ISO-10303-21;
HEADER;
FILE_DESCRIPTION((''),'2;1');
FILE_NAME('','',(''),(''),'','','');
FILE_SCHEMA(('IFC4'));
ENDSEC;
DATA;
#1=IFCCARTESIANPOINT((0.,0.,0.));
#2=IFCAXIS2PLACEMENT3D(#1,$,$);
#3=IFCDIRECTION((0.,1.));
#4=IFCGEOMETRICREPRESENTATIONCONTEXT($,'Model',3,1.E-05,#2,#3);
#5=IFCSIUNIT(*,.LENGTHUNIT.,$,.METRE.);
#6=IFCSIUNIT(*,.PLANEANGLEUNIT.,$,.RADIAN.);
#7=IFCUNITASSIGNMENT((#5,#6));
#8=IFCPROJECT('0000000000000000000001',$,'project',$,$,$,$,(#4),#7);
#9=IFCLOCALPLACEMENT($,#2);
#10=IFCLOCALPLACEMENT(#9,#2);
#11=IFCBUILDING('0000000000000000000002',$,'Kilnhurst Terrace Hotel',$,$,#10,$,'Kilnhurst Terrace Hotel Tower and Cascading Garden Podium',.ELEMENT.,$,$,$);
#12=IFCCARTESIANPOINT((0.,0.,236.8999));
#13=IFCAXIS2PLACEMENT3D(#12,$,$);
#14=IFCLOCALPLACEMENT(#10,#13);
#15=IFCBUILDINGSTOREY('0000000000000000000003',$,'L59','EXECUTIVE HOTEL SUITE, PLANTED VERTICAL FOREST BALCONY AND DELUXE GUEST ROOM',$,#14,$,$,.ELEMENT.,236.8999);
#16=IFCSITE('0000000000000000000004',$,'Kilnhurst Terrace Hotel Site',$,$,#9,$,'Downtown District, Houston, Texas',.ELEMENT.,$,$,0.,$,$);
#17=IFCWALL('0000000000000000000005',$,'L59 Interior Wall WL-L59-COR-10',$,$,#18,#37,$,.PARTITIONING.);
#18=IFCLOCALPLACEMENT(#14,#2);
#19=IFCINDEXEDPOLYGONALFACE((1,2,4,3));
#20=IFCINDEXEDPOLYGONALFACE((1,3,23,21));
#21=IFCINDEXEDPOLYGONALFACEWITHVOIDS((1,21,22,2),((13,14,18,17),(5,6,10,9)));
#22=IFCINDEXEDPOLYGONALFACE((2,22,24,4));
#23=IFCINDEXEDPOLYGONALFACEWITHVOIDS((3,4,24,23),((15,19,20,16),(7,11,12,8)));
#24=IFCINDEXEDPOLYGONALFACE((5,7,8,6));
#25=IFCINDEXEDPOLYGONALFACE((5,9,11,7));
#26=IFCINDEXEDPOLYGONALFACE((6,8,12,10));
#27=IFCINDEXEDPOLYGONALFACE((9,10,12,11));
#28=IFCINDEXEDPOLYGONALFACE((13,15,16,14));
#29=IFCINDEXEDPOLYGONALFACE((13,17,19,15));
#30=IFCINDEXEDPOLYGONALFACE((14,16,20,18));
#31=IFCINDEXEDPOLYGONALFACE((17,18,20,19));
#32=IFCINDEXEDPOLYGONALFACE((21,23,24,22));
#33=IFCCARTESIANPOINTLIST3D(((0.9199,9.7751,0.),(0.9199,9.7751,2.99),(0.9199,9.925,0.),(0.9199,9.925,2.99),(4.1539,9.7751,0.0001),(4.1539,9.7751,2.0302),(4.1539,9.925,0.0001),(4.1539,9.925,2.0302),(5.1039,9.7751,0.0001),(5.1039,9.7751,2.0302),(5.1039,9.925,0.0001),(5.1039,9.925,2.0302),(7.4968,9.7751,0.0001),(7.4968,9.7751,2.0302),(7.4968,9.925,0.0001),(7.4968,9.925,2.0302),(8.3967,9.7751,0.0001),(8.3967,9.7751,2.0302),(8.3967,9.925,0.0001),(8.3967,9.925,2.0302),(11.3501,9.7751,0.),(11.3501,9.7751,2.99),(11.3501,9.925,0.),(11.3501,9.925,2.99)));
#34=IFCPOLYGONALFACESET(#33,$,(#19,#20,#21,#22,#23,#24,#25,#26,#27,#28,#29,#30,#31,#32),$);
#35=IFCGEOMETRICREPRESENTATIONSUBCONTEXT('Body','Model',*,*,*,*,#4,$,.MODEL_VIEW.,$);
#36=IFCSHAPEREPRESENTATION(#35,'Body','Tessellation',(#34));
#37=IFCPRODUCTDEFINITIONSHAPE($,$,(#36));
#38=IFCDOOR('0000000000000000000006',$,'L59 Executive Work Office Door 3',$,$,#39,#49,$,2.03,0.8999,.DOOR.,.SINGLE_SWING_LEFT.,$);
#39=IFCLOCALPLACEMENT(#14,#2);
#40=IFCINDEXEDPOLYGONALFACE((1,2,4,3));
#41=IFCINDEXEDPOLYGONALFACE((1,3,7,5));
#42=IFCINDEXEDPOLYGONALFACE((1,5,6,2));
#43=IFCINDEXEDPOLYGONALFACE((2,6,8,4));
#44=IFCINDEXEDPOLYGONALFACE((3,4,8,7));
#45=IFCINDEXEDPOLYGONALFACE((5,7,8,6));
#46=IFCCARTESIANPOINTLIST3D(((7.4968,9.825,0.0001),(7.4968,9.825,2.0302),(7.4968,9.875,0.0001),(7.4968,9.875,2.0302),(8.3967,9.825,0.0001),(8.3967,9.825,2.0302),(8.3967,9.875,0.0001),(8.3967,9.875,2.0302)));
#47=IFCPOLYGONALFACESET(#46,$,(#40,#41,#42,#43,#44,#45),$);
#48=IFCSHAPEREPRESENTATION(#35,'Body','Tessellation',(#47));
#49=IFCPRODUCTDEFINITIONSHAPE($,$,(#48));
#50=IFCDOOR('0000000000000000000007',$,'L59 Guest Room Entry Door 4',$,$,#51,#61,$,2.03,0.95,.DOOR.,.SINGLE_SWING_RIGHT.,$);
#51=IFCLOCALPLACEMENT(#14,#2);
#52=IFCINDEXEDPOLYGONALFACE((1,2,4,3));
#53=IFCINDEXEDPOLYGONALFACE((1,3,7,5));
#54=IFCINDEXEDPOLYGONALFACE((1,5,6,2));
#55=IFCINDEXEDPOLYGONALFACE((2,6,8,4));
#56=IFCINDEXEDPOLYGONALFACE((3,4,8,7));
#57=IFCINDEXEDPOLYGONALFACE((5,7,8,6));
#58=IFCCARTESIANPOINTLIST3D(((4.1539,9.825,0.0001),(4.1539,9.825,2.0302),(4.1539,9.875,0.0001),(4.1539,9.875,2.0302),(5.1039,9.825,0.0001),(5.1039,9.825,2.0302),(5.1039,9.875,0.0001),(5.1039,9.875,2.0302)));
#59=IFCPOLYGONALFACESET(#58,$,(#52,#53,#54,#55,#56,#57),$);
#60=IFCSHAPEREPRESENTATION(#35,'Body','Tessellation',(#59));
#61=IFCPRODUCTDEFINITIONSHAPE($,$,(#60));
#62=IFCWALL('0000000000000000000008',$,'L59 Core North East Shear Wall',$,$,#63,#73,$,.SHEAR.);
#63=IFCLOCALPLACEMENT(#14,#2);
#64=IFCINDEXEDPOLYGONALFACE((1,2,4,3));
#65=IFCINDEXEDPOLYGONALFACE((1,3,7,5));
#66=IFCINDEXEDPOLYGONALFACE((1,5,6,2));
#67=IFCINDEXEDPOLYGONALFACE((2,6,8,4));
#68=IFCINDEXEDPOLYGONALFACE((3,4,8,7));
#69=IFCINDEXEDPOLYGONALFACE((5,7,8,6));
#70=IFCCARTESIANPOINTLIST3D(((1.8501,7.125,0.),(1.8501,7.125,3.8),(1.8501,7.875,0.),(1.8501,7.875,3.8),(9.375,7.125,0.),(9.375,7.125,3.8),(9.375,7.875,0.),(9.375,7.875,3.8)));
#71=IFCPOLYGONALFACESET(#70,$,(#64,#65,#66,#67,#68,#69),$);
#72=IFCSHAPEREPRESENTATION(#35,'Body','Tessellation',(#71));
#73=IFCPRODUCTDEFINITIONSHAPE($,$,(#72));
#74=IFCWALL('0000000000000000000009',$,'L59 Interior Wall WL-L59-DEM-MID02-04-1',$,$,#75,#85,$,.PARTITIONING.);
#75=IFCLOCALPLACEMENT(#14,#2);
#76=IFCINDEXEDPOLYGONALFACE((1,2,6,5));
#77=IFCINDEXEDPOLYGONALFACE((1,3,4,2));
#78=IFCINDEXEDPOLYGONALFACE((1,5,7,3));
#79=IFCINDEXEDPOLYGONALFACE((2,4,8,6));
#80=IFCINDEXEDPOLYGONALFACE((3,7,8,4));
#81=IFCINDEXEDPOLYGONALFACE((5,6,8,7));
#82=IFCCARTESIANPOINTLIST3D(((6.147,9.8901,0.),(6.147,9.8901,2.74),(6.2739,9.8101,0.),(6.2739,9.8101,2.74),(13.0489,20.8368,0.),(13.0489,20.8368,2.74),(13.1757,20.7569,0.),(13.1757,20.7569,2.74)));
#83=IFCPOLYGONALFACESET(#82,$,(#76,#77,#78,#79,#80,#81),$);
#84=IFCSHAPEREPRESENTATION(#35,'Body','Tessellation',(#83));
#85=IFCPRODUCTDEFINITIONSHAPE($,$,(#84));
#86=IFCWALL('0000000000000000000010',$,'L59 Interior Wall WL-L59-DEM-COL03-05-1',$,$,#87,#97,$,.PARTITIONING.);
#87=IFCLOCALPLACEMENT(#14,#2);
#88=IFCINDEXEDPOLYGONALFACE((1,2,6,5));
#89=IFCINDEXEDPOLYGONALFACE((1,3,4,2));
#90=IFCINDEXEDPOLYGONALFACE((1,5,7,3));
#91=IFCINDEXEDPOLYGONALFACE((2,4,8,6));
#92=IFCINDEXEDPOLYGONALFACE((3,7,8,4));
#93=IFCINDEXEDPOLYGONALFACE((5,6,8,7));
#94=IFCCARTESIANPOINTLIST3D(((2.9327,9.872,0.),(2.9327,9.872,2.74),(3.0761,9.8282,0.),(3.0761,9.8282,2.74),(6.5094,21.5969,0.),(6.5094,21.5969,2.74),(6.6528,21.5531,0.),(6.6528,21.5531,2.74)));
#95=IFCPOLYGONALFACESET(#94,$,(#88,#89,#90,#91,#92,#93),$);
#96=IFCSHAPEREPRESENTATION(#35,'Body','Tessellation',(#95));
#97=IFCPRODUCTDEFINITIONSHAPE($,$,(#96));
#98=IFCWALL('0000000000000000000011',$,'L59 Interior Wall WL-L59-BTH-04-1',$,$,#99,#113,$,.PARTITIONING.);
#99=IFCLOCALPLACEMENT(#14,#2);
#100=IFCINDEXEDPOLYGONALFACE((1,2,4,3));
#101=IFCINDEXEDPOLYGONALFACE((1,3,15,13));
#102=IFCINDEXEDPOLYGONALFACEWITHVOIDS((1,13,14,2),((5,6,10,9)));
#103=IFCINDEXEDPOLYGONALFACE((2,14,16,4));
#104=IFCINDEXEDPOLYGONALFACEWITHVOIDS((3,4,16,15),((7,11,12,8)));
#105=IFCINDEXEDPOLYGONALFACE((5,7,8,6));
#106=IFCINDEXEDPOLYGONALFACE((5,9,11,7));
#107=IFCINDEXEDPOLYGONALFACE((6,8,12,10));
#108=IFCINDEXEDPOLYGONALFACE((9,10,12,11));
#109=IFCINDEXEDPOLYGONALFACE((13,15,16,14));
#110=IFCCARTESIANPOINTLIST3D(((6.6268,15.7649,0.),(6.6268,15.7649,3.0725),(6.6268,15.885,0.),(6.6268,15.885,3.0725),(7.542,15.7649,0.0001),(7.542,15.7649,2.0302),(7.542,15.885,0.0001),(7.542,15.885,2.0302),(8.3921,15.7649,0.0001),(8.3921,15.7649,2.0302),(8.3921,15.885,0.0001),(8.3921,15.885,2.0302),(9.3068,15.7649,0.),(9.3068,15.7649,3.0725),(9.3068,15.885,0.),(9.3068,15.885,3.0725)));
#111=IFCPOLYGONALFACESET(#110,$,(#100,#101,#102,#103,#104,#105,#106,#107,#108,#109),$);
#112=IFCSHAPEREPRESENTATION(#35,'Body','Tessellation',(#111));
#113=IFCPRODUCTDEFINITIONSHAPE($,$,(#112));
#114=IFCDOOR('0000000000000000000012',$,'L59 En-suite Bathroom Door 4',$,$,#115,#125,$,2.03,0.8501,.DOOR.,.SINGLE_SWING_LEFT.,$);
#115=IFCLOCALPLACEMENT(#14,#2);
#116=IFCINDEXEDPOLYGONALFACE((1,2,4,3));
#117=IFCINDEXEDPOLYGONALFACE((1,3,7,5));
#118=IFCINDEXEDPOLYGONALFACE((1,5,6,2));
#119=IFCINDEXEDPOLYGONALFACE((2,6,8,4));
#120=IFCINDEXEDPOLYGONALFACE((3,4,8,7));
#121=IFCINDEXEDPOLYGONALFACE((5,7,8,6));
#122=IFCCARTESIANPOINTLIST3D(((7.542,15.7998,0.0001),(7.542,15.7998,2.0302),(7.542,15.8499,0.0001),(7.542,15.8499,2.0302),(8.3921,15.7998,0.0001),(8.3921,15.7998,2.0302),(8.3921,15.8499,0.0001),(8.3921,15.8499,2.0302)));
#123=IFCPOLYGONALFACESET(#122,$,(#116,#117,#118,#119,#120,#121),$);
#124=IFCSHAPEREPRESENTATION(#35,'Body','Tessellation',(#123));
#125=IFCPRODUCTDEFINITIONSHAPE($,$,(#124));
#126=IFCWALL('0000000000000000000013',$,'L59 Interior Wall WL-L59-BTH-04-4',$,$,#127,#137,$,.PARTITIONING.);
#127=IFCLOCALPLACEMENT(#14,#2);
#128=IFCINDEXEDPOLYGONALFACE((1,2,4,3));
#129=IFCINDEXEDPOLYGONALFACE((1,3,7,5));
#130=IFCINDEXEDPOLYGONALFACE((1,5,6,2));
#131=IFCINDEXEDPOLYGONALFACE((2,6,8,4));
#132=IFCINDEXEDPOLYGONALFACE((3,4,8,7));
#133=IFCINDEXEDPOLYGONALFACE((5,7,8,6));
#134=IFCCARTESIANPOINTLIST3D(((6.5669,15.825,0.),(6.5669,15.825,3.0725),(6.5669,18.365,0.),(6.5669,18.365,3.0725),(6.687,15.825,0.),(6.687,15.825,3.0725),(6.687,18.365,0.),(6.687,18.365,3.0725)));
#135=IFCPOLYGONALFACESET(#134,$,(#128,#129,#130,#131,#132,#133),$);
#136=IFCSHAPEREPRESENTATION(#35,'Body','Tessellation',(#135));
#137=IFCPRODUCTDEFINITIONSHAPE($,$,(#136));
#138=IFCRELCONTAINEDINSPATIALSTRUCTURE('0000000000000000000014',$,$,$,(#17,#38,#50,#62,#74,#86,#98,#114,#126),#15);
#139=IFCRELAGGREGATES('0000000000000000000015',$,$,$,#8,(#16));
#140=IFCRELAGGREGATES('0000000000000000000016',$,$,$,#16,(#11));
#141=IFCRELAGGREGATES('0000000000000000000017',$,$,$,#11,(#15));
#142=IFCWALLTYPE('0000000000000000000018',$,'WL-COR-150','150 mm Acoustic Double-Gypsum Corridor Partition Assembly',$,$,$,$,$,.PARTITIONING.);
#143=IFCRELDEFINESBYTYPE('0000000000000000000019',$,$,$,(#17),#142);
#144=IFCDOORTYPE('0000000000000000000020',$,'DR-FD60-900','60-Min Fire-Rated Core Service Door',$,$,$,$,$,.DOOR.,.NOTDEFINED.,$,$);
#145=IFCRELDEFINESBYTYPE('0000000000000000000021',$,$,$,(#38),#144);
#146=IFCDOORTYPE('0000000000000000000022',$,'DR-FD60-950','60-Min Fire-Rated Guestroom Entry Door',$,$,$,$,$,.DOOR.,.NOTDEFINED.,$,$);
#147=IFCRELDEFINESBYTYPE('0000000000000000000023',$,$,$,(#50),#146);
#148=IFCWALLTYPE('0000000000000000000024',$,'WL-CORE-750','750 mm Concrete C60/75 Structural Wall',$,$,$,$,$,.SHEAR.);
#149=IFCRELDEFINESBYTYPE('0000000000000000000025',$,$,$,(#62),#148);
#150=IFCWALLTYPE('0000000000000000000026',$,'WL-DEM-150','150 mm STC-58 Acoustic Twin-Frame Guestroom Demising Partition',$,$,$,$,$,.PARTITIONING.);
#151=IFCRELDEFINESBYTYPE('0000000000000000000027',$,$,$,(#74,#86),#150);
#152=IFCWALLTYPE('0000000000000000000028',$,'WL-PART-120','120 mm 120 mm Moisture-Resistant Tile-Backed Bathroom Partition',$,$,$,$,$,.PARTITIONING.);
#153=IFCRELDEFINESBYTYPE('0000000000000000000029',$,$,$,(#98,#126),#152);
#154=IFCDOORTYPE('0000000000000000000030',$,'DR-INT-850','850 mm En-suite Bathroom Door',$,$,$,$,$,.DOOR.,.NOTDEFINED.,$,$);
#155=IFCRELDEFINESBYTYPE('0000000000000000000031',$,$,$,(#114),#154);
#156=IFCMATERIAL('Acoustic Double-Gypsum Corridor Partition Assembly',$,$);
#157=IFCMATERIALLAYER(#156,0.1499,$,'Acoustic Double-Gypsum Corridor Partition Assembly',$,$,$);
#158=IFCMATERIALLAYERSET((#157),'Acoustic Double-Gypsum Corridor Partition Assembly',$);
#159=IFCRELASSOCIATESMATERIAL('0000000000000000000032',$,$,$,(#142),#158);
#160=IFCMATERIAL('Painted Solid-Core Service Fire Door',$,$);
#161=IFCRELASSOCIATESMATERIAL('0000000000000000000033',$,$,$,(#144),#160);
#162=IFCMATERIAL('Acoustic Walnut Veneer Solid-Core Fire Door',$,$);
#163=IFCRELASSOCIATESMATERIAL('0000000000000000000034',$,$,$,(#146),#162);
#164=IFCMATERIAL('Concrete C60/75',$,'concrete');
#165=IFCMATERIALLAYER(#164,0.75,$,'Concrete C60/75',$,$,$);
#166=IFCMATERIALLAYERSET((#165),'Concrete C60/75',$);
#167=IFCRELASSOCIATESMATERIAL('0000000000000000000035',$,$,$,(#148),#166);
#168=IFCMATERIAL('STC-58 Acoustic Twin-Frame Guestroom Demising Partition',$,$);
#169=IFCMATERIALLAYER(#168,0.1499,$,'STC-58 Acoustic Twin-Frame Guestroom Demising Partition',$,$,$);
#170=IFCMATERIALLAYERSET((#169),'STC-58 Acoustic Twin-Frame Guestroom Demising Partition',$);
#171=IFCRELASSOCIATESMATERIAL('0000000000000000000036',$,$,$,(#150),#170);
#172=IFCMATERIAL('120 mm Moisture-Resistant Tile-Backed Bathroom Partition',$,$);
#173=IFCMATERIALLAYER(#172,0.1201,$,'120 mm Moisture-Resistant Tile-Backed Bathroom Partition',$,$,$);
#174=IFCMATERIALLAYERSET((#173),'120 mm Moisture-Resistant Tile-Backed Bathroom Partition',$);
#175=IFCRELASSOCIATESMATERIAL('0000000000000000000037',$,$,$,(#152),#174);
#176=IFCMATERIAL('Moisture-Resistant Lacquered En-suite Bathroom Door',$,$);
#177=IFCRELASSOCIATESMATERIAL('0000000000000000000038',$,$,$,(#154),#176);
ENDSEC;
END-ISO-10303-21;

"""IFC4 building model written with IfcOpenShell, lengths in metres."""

from ifc_helpers import new_model, si_unit, direction, frame, frame_2d, origin, place, context, subcontext, project, spatial, rectangle, extrude, material, layer, layer_set, type_object, element, fill, save


model = new_model("IFC4")

# Units and contexts
model_context = context("Model", 3, precision=1e-05, world=origin(), true_north=direction((0.0, 1.0)))
body_context = subcontext(model_context, "Body", "Model", "MODEL_VIEW")
ifc_project = project(units=[si_unit("LENGTHUNIT", "METRE"), si_unit("PLANEANGLEUNIT", "RADIAN")], contexts=[model_context])

# Site, building, storey
site_placement = place(None, origin())
site = spatial("IfcSite", under=ifc_project, at=site_placement, Name="Kilnhurst Terrace Hotel Site", LongName="Downtown District, Houston, Texas", CompositionType="ELEMENT", RefElevation=0.0)
building_placement = place(site_placement, origin())
building = spatial("IfcBuilding", under=site, at=building_placement, Name="Kilnhurst Terrace Hotel", LongName="Kilnhurst Terrace Hotel Tower and Cascading Garden Podium", CompositionType="ELEMENT")
storey_placement = place(building_placement, frame((0.0, 0.0, 236.8999)))
storey = spatial("IfcBuildingStorey", under=building, at=storey_placement, Name="L59", Description="EXECUTIVE HOTEL SUITE, PLANTED VERTICAL FOREST BALCONY AND DELUXE GUEST ROOM", CompositionType="ELEMENT", Elevation=236.8999)

# Shared definitions
ifc_material_1 = material(Name="Concrete C60/75", Category="concrete")

# Shared definitions
ifc_material_2 = material(Name="Acoustic Double-Gypsum Corridor Partition Assembly")
ifc_layer_1 = layer(ifc_material_2, 0.1499, Name="Acoustic Double-Gypsum Corridor Partition Assembly")
ifc_layer_set_1 = layer_set([ifc_layer_1], Name="Acoustic Double-Gypsum Corridor Partition Assembly")
wall_type_1 = type_object("IfcWallType", Name="WL-COR-150", Description="150 mm Acoustic Double-Gypsum Corridor Partition Assembly", PredefinedType="PARTITIONING", material=ifc_layer_set_1)

# Wall, openings, doors
wall_1_placement = place(storey_placement, frame((0.9199, 9.8501, 0.0), z_axis=(0.0, 0.0, 1.0), x_axis=(1.0, 0.0, 0.0)))
wall_1 = element("IfcWall", 1, at=wall_1_placement, inside=storey, type_object=wall_type_1, Name="L59 Interior Wall WL-L59-COR-10", PredefinedType="PARTITIONING", context=body_context, shape_type="SweptSolid", body=[
    extrude(rectangle(XDim=10.4302, YDim=0.1499, at=frame_2d((5.2151, 0.0))), origin(), (0.0, 0.0, 1.0), 2.99),
])
opening_1_placement = place(wall_1_placement, frame((6.5769, 0.0, 0.0)))
opening_1 = element("IfcOpeningElement", 2, at=opening_1_placement, cuts=wall_1, PredefinedType="OPENING", context=body_context, shape_type="SweptSolid", body=[
    extrude(rectangle(XDim=0.8999, YDim=2.03, at=frame_2d((0.45, 1.0151))), frame((0.0, 0.085, 0.0), z_axis=(0.0, -1.0, 0.0), x_axis=(1.0, 0.0, 0.0)), (0.0, 0.0, 1.0), 0.1699),
])
opening_2_placement = place(wall_1_placement, frame((3.2339, 0.0, 0.0)))
opening_2 = element("IfcOpeningElement", 3, at=opening_2_placement, cuts=wall_1, PredefinedType="OPENING", context=body_context, shape_type="SweptSolid", body=[
    extrude(rectangle(XDim=0.95, YDim=2.03, at=frame_2d((0.4751, 1.0151))), frame((0.0, 0.085, 0.0), z_axis=(0.0, -1.0, 0.0), x_axis=(1.0, 0.0, 0.0)), (0.0, 0.0, 1.0), 0.1699),
])
ifc_material_3 = material(Name="Painted Solid-Core Service Fire Door")
door_type_1 = type_object("IfcDoorType", Name="DR-FD60-900", Description="60-Min Fire-Rated Core Service Door", OperationType="NOTDEFINED", PredefinedType="DOOR", material=ifc_material_3)
door_1_placement = place(opening_1_placement, origin())
door_1 = element("IfcDoor", 4, at=door_1_placement, inside=storey, type_object=door_type_1, Name="L59 Executive Work Office Door 3", OperationType="SINGLE_SWING_LEFT", OverallHeight=2.03, OverallWidth=0.8999, PredefinedType="DOOR", context=body_context, shape_type="SweptSolid", body=[
    extrude(rectangle(XDim=0.8999, YDim=2.03, at=frame_2d((0.45, 1.0151))), frame((0.0, 0.0249, 0.0), z_axis=(0.0, -1.0, 0.0), x_axis=(1.0, 0.0, 0.0)), (0.0, 0.0, 1.0), 0.05),
])
fill(opening_1, door_1)
ifc_material_4 = material(Name="Acoustic Walnut Veneer Solid-Core Fire Door")
door_type_2 = type_object("IfcDoorType", Name="DR-FD60-950", Description="60-Min Fire-Rated Guestroom Entry Door", OperationType="NOTDEFINED", PredefinedType="DOOR", material=ifc_material_4)
door_2_placement = place(opening_2_placement, origin())
door_2 = element("IfcDoor", 5, at=door_2_placement, inside=storey, type_object=door_type_2, Name="L59 Guest Room Entry Door 4", OperationType="SINGLE_SWING_RIGHT", OverallHeight=2.03, OverallWidth=0.95, PredefinedType="DOOR", context=body_context, shape_type="SweptSolid", body=[
    extrude(rectangle(XDim=0.95, YDim=2.03, at=frame_2d((0.4751, 1.0151))), frame((0.0, 0.0249, 0.0), z_axis=(0.0, -1.0, 0.0), x_axis=(1.0, 0.0, 0.0)), (0.0, 0.0, 1.0), 0.05),
])
fill(opening_2, door_2)

# Walls
ifc_layer_2 = layer(ifc_material_1, 0.75, Name="Concrete C60/75")
ifc_layer_set_2 = layer_set([ifc_layer_2], Name="Concrete C60/75")
wall_type_2 = type_object("IfcWallType", Name="WL-CORE-750", Description="750 mm Concrete C60/75 Structural Wall", PredefinedType="SHEAR", material=ifc_layer_set_2)
wall_2_placement = place(storey_placement, frame((1.8501, 7.5, 0.0), z_axis=(0.0, 0.0, 1.0), x_axis=(1.0, 0.0, 0.0)))
element("IfcWall", 6, at=wall_2_placement, inside=storey, type_object=wall_type_2, Name="L59 Core North East Shear Wall", PredefinedType="SHEAR", context=body_context, shape_type="SweptSolid", body=[
    extrude(rectangle(XDim=7.5249, YDim=0.75, at=frame_2d((3.7625, 0.0))), origin(), (0.0, 0.0, 1.0), 3.8),
])
ifc_material_5 = material(Name="STC-58 Acoustic Twin-Frame Guestroom Demising Partition")
ifc_layer_3 = layer(ifc_material_5, 0.1499, Name="STC-58 Acoustic Twin-Frame Guestroom Demising Partition")
ifc_layer_set_3 = layer_set([ifc_layer_3], Name="STC-58 Acoustic Twin-Frame Guestroom Demising Partition")
wall_type_3 = type_object("IfcWallType", Name="WL-DEM-150", Description="150 mm STC-58 Acoustic Twin-Frame Guestroom Demising Partition", PredefinedType="PARTITIONING", material=ifc_layer_set_3)
wall_3_placement = place(storey_placement, frame((6.2104, 9.8501, 0.0), z_axis=(0.0, 0.0, 1.0), x_axis=(0.533336, 0.845904, 0.0)))
element("IfcWall", 7, at=wall_3_placement, inside=storey, type_object=wall_type_3, Name="L59 Interior Wall WL-L59-DEM-MID02-04-1", PredefinedType="PARTITIONING", context=body_context, shape_type="SweptSolid", body=[
    extrude(rectangle(XDim=12.9409, YDim=0.1499, at=frame_2d((6.4705, 0.0))), origin(), (0.0, 0.0, 1.0), 2.74),
])
wall_4_placement = place(storey_placement, frame((3.0044, 9.8501, 0.0), z_axis=(0.0, 0.0, 1.0), x_axis=(0.291776, 0.956487, 0.0)))
element("IfcWall", 8, at=wall_4_placement, inside=storey, type_object=wall_type_3, Name="L59 Interior Wall WL-L59-DEM-COL03-05-1", PredefinedType="PARTITIONING", context=body_context, shape_type="SweptSolid", body=[
    extrude(rectangle(XDim=12.2583, YDim=0.1499, at=frame_2d((6.1292, 0.0))), origin(), (0.0, 0.0, 1.0), 2.74),
])

# Wall, opening, door
ifc_material_6 = material(Name="120 mm Moisture-Resistant Tile-Backed Bathroom Partition")
ifc_layer_4 = layer(ifc_material_6, 0.1201, Name="120 mm Moisture-Resistant Tile-Backed Bathroom Partition")
ifc_layer_set_4 = layer_set([ifc_layer_4], Name="120 mm Moisture-Resistant Tile-Backed Bathroom Partition")
wall_type_4 = type_object("IfcWallType", Name="WL-PART-120", Description="120 mm 120 mm Moisture-Resistant Tile-Backed Bathroom Partition", PredefinedType="PARTITIONING", material=ifc_layer_set_4)
wall_5_placement = place(storey_placement, frame((6.627, 15.825, 0.0), z_axis=(0.0, 0.0, 1.0), x_axis=(1.0, 0.0, 0.0)))
wall_5 = element("IfcWall", 9, at=wall_5_placement, inside=storey, type_object=wall_type_4, Name="L59 Interior Wall WL-L59-BTH-04-1", PredefinedType="PARTITIONING", context=body_context, shape_type="SweptSolid", body=[
    extrude(rectangle(XDim=2.6799, YDim=0.1201, at=frame_2d((1.3398, 0.0))), origin(), (0.0, 0.0, 1.0), 3.0725),
])
opening_3_placement = place(wall_5_placement, frame((0.915, 0.0, 0.0)))
opening_3 = element("IfcOpeningElement", 10, at=opening_3_placement, cuts=wall_5, PredefinedType="OPENING", context=body_context, shape_type="SweptSolid", body=[
    extrude(rectangle(XDim=0.8501, YDim=2.03, at=frame_2d((0.425, 1.0151))), frame((0.0, 0.0701, 0.0), z_axis=(0.0, -1.0, 0.0), x_axis=(1.0, 0.0, 0.0)), (0.0, 0.0, 1.0), 0.1401),
])
ifc_material_7 = material(Name="Moisture-Resistant Lacquered En-suite Bathroom Door")
door_type_3 = type_object("IfcDoorType", Name="DR-INT-850", Description="850 mm En-suite Bathroom Door", OperationType="NOTDEFINED", PredefinedType="DOOR", material=ifc_material_7)
door_3_placement = place(opening_3_placement, origin())
door_3 = element("IfcDoor", 11, at=door_3_placement, inside=storey, type_object=door_type_3, Name="L59 En-suite Bathroom Door 4", OperationType="SINGLE_SWING_LEFT", OverallHeight=2.03, OverallWidth=0.8501, PredefinedType="DOOR", context=body_context, shape_type="SweptSolid", body=[
    extrude(rectangle(XDim=0.8501, YDim=2.03, at=frame_2d((0.425, 1.0151))), frame((0.0, 0.0249, 0.0), z_axis=(0.0, -1.0, 0.0), x_axis=(1.0, 0.0, 0.0)), (0.0, 0.0, 1.0), 0.05),
])
fill(opening_3, door_3)

# Wall
wall_6_placement = place(storey_placement, frame((6.627, 18.365, 0.0), z_axis=(0.0, 0.0, 1.0), x_axis=(0.0, -1.0, 0.0)))
element("IfcWall", 12, at=wall_6_placement, inside=storey, type_object=wall_type_4, Name="L59 Interior Wall WL-L59-BTH-04-4", PredefinedType="PARTITIONING", context=body_context, shape_type="SweptSolid", body=[
    extrude(rectangle(XDim=2.54, YDim=0.1201, at=frame_2d((1.27, 0.0))), origin(), (0.0, 0.0, 1.0), 3.0725),
])

save(model, "model.ifc")
